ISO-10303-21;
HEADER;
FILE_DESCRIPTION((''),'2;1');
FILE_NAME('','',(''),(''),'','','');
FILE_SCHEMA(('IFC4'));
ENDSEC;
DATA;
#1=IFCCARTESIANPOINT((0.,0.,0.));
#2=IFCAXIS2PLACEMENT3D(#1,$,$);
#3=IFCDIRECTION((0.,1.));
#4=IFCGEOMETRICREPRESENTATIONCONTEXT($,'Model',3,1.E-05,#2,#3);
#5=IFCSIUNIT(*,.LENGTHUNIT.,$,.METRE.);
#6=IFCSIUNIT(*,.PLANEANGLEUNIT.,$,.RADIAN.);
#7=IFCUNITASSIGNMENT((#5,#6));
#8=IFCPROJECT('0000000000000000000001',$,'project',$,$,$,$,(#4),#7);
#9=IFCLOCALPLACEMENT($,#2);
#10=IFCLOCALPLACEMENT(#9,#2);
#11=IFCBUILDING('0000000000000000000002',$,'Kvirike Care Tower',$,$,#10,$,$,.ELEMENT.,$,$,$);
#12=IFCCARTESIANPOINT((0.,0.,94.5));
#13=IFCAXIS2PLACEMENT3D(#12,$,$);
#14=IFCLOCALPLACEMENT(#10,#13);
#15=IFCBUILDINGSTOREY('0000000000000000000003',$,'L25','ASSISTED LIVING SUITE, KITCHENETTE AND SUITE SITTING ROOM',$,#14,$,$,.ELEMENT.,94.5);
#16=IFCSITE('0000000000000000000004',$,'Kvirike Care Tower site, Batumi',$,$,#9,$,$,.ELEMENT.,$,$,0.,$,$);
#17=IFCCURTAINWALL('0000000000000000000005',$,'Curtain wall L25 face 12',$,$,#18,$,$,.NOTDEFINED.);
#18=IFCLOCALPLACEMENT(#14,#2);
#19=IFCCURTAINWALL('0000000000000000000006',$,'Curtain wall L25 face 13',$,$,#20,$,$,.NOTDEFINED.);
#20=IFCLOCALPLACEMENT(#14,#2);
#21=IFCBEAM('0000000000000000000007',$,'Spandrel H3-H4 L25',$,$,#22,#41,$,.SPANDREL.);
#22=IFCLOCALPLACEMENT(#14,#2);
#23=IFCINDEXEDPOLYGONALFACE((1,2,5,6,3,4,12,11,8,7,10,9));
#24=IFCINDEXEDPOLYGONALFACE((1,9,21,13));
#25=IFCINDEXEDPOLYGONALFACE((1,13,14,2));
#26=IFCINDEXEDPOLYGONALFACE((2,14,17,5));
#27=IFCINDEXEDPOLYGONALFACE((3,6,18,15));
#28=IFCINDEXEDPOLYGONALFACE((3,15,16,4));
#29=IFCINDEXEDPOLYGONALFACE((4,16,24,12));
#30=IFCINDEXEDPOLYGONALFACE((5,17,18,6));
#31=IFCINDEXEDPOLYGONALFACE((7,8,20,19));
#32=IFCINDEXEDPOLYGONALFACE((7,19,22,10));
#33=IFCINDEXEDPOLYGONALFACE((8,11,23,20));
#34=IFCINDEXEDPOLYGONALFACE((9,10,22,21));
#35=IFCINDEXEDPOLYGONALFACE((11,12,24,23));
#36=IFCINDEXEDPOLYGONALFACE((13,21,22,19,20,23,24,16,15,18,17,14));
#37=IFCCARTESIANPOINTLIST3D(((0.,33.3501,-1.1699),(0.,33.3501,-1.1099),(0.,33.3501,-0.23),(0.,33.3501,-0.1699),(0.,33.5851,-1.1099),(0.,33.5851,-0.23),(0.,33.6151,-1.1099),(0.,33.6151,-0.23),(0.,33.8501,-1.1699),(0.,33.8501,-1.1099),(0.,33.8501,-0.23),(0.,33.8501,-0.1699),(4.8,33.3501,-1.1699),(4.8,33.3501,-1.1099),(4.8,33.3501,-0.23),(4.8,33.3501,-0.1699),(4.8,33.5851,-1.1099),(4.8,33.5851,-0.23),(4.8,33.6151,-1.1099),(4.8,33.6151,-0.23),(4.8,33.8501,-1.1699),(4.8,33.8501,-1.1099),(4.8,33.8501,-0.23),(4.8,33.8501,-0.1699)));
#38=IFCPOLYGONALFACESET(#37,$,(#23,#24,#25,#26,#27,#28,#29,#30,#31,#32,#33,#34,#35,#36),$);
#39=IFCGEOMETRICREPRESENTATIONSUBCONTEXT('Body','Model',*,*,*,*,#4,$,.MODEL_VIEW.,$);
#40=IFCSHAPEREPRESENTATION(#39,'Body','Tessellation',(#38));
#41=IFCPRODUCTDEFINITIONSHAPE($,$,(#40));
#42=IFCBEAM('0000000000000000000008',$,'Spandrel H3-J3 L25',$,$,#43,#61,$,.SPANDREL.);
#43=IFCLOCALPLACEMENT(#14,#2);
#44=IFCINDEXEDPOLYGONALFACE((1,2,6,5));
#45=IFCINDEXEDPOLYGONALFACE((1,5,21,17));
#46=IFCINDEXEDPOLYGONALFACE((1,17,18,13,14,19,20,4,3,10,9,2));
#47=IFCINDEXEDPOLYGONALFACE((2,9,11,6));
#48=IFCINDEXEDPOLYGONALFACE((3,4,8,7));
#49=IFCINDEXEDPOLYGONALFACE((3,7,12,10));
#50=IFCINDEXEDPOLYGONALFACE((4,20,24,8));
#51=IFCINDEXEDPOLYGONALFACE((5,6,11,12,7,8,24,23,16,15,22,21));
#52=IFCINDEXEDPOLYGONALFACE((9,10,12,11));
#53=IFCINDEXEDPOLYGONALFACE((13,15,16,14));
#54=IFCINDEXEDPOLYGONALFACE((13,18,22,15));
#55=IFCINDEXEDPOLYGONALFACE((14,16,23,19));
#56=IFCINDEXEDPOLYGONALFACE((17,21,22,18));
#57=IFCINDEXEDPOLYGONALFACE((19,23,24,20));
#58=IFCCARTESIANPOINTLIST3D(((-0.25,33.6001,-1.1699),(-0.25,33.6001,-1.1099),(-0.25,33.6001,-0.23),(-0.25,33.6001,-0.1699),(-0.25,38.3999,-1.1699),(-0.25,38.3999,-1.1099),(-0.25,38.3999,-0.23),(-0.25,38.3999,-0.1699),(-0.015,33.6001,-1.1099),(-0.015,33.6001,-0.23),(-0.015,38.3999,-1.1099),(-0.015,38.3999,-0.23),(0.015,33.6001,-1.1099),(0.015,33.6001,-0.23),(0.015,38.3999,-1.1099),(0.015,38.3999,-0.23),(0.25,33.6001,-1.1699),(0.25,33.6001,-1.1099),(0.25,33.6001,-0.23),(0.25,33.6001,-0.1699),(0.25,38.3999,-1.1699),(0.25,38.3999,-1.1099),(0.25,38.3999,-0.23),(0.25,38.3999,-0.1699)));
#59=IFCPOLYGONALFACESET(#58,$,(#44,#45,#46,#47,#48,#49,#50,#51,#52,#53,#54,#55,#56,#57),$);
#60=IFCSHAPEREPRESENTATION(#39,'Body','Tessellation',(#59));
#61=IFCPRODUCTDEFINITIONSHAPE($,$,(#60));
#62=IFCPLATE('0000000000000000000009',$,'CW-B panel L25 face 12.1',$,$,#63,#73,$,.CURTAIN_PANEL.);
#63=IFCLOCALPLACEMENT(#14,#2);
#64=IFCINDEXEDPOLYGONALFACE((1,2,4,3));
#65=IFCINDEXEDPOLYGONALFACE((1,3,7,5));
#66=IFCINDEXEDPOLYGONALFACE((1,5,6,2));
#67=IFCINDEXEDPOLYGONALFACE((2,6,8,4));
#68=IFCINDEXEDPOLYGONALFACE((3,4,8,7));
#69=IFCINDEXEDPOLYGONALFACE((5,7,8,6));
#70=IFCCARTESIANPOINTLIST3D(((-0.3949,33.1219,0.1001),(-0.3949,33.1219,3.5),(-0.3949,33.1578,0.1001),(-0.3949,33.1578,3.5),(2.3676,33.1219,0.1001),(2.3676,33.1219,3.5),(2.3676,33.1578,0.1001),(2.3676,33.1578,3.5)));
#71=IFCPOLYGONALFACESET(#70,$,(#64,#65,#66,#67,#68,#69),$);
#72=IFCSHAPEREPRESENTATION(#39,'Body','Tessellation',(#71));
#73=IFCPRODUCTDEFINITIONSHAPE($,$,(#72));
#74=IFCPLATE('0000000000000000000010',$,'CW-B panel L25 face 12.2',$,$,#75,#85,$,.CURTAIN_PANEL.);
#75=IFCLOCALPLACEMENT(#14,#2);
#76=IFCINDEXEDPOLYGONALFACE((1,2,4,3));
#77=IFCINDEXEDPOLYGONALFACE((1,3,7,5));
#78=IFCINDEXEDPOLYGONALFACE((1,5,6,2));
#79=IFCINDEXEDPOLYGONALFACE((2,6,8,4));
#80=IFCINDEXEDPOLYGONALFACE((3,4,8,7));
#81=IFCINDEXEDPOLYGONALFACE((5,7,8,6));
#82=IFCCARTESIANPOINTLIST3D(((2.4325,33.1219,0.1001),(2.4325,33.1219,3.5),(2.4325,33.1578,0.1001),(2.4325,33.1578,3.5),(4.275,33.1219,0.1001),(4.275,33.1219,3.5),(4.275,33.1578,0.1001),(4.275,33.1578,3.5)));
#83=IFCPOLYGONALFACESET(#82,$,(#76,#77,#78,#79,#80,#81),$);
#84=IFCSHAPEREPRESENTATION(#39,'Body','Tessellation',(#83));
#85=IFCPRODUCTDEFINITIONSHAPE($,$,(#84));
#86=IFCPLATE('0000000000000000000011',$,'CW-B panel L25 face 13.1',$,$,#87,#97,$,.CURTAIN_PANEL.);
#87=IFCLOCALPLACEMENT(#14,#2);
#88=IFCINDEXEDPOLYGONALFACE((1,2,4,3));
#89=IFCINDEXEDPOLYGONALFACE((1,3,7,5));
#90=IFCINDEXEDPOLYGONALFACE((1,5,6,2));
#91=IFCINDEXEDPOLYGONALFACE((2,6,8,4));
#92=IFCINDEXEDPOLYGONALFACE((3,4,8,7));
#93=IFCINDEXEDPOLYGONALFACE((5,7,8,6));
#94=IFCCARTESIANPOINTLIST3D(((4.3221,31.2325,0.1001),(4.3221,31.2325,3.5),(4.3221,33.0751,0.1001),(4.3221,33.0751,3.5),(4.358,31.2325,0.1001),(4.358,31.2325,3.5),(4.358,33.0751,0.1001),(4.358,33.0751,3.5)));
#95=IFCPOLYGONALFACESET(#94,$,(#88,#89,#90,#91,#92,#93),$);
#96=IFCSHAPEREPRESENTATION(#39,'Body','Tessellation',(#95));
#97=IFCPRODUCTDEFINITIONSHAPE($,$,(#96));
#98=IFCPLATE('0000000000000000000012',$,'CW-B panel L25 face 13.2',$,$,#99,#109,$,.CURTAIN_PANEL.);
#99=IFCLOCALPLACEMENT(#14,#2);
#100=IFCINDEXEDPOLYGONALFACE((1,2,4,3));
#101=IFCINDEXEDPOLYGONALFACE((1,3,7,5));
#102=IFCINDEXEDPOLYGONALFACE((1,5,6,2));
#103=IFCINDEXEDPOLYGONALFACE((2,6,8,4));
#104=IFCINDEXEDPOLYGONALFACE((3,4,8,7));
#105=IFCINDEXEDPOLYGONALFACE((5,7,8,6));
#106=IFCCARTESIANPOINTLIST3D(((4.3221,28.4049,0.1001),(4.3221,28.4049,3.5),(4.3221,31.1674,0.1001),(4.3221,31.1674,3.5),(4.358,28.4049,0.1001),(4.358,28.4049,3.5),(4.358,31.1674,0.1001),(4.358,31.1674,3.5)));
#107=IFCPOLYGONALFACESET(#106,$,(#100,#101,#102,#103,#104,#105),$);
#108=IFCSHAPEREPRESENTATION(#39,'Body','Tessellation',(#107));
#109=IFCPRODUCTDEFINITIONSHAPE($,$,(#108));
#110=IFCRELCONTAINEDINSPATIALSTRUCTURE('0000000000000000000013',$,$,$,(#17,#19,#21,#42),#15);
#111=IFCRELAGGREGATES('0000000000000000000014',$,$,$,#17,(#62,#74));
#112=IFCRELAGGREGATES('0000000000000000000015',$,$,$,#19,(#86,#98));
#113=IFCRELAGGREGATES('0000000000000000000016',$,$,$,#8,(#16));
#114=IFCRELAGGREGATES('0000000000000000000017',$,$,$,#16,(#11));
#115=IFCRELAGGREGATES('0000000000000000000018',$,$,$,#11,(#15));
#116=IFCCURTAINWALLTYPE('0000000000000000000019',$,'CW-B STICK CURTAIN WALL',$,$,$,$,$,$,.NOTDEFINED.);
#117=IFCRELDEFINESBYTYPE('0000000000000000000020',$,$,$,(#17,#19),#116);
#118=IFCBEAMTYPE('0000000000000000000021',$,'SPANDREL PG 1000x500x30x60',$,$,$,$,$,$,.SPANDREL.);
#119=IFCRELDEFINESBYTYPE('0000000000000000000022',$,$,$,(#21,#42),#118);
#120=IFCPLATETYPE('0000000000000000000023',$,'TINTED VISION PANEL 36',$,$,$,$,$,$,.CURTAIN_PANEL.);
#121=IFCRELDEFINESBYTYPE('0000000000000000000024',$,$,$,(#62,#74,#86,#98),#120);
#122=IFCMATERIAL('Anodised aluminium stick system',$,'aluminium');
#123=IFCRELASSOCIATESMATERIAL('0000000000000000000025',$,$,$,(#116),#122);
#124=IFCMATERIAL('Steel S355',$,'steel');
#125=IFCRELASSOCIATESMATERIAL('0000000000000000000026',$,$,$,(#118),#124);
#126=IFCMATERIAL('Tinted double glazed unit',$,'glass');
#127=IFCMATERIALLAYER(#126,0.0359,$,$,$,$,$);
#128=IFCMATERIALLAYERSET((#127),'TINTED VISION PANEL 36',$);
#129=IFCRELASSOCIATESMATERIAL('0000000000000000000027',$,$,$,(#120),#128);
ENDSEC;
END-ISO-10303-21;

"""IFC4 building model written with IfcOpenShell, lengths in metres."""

from ifc_helpers import new_model, si_unit, direction, frame, origin, origin_2d, place, context, subcontext, project, spatial, rectangle, i_section, extrude, material, layer, layer_set, material_profile, profile_set, type_object, element, aggregate, save


model = new_model("IFC4")

# Units and contexts
model_context = context("Model", 3, precision=1e-05, world=origin(), true_north=direction((0.0, 1.0)))
body_context = subcontext(model_context, "Body", "Model", "MODEL_VIEW")
ifc_project = project(units=[si_unit("LENGTHUNIT", "METRE"), si_unit("PLANEANGLEUNIT", "RADIAN")], contexts=[model_context])

# Site, building, storey
site_placement = place(None, origin())
site = spatial("IfcSite", under=ifc_project, at=site_placement, Name="Kvirike Care Tower site, Batumi", CompositionType="ELEMENT", RefElevation=0.0)
building_placement = place(site_placement, origin())
building = spatial("IfcBuilding", under=site, at=building_placement, Name="Kvirike Care Tower", CompositionType="ELEMENT")
storey_placement = place(building_placement, frame((0.0, 0.0, 94.5)))
storey = spatial("IfcBuildingStorey", under=building, at=storey_placement, Name="L25", Description="ASSISTED LIVING SUITE, KITCHENETTE AND SUITE SITTING ROOM", CompositionType="ELEMENT", Elevation=94.5)

# Shared definitions
ifc_material_1 = material(Name="Anodised aluminium stick system", Category="aluminium")
curtain_wall_type = type_object("IfcCurtainWallType", Name="CW-B STICK CURTAIN WALL", PredefinedType="NOTDEFINED", material=ifc_material_1)

# Curtain walls
curtain_wall_1_placement = place(storey_placement, origin())
curtain_wall_1 = element("IfcCurtainWall", 1, at=curtain_wall_1_placement, inside=storey, type_object=curtain_wall_type, Name="Curtain wall L25 face 12", PredefinedType="NOTDEFINED")
curtain_wall_2_placement = place(storey_placement, origin())
curtain_wall_2 = element("IfcCurtainWall", 2, at=curtain_wall_2_placement, inside=storey, type_object=curtain_wall_type, Name="Curtain wall L25 face 13", PredefinedType="NOTDEFINED")

# Beams
ifc_material_2 = material(Name="Steel S355", Category="steel")
ifc_material_profile_1 = material_profile(ifc_material_2, i_section(OverallWidth=0.5, OverallDepth=1.0, WebThickness=0.03, FlangeThickness=0.0601, at=origin_2d()), Name="PG 1000x500x30x60")
ifc_profile_set_1 = profile_set([ifc_material_profile_1], Name="Steel S355")
beam_type = type_object("IfcBeamType", Name="SPANDREL PG 1000x500x30x60", PredefinedType="SPANDREL", material=ifc_profile_set_1)
beam_1_placement = place(storey_placement, frame((0.0, 33.6001, -0.6699), z_axis=(1.0, 0.0, 0.0), x_axis=(0.0, 1.0, 0.0)))
element("IfcBeam", 3, at=beam_1_placement, inside=storey, type_object=beam_type, Name="Spandrel H3-H4 L25", PredefinedType="SPANDREL", context=body_context, shape_type="SweptSolid", body=[
    extrude(i_section(OverallWidth=0.5, OverallDepth=1.0, WebThickness=0.03, FlangeThickness=0.0601, at=origin_2d()), origin(), (0.0, 0.0, 1.0), 4.8),
])
beam_2_placement = place(storey_placement, frame((0.0, 33.6001, -0.6699), z_axis=(0.0, 1.0, 0.0), x_axis=(-1.0, 0.0, 0.0)))
element("IfcBeam", 4, at=beam_2_placement, inside=storey, type_object=beam_type, Name="Spandrel H3-J3 L25", PredefinedType="SPANDREL", context=body_context, shape_type="SweptSolid", body=[
    extrude(i_section(OverallWidth=0.5, OverallDepth=1.0, WebThickness=0.03, FlangeThickness=0.0601, at=origin_2d()), origin(), (0.0, 0.0, 1.0), 4.7998),
])

# Plates
ifc_material_3 = material(Name="Tinted double glazed unit", Category="glass")
ifc_layer = layer(ifc_material_3, 0.0359)
ifc_layer_set = layer_set([ifc_layer], Name="TINTED VISION PANEL 36")
plate_type = type_object("IfcPlateType", Name="TINTED VISION PANEL 36", PredefinedType="CURTAIN_PANEL", material=ifc_layer_set)
plate_1_placement = place(storey_placement, frame((0.9863, 33.1399, 0.1001), z_axis=(0.0, 0.0, 1.0), x_axis=(1.0, 0.0, 0.0)))
plate_1 = element("IfcPlate", 5, at=plate_1_placement, type_object=plate_type, Name="CW-B panel L25 face 12.1", PredefinedType="CURTAIN_PANEL", context=body_context, shape_type="SweptSolid", body=[
    extrude(rectangle(XDim=2.7625, YDim=0.0359, at=origin_2d()), origin(), (0.0, 0.0, 1.0), 3.3999),
])
plate_2_placement = place(storey_placement, frame((3.3538, 33.1399, 0.1001), z_axis=(0.0, 0.0, 1.0), x_axis=(1.0, 0.0, 0.0)))
plate_2 = element("IfcPlate", 6, at=plate_2_placement, type_object=plate_type, Name="CW-B panel L25 face 12.2", PredefinedType="CURTAIN_PANEL", context=body_context, shape_type="SweptSolid", body=[
    extrude(rectangle(XDim=1.8425, YDim=0.0359, at=origin_2d()), origin(), (0.0, 0.0, 1.0), 3.3999),
])
aggregate(curtain_wall_1, [plate_1, plate_2])
plate_3_placement = place(storey_placement, frame((4.3401, 32.1538, 0.1001), z_axis=(0.0, 0.0, 1.0), x_axis=(0.0, -1.0, 0.0)))
plate_3 = element("IfcPlate", 7, at=plate_3_placement, type_object=plate_type, Name="CW-B panel L25 face 13.1", PredefinedType="CURTAIN_PANEL", context=body_context, shape_type="SweptSolid", body=[
    extrude(rectangle(XDim=1.8425, YDim=0.0359, at=origin_2d()), origin(), (0.0, 0.0, 1.0), 3.3999),
])
plate_4_placement = place(storey_placement, frame((4.3401, 29.7861, 0.1001), z_axis=(0.0, 0.0, 1.0), x_axis=(0.0, -1.0, 0.0)))
plate_4 = element("IfcPlate", 8, at=plate_4_placement, type_object=plate_type, Name="CW-B panel L25 face 13.2", PredefinedType="CURTAIN_PANEL", context=body_context, shape_type="SweptSolid", body=[
    extrude(rectangle(XDim=2.7625, YDim=0.0359, at=origin_2d()), origin(), (0.0, 0.0, 1.0), 3.3999),
])
aggregate(curtain_wall_2, [plate_3, plate_4])

save(model, "model.ifc")
